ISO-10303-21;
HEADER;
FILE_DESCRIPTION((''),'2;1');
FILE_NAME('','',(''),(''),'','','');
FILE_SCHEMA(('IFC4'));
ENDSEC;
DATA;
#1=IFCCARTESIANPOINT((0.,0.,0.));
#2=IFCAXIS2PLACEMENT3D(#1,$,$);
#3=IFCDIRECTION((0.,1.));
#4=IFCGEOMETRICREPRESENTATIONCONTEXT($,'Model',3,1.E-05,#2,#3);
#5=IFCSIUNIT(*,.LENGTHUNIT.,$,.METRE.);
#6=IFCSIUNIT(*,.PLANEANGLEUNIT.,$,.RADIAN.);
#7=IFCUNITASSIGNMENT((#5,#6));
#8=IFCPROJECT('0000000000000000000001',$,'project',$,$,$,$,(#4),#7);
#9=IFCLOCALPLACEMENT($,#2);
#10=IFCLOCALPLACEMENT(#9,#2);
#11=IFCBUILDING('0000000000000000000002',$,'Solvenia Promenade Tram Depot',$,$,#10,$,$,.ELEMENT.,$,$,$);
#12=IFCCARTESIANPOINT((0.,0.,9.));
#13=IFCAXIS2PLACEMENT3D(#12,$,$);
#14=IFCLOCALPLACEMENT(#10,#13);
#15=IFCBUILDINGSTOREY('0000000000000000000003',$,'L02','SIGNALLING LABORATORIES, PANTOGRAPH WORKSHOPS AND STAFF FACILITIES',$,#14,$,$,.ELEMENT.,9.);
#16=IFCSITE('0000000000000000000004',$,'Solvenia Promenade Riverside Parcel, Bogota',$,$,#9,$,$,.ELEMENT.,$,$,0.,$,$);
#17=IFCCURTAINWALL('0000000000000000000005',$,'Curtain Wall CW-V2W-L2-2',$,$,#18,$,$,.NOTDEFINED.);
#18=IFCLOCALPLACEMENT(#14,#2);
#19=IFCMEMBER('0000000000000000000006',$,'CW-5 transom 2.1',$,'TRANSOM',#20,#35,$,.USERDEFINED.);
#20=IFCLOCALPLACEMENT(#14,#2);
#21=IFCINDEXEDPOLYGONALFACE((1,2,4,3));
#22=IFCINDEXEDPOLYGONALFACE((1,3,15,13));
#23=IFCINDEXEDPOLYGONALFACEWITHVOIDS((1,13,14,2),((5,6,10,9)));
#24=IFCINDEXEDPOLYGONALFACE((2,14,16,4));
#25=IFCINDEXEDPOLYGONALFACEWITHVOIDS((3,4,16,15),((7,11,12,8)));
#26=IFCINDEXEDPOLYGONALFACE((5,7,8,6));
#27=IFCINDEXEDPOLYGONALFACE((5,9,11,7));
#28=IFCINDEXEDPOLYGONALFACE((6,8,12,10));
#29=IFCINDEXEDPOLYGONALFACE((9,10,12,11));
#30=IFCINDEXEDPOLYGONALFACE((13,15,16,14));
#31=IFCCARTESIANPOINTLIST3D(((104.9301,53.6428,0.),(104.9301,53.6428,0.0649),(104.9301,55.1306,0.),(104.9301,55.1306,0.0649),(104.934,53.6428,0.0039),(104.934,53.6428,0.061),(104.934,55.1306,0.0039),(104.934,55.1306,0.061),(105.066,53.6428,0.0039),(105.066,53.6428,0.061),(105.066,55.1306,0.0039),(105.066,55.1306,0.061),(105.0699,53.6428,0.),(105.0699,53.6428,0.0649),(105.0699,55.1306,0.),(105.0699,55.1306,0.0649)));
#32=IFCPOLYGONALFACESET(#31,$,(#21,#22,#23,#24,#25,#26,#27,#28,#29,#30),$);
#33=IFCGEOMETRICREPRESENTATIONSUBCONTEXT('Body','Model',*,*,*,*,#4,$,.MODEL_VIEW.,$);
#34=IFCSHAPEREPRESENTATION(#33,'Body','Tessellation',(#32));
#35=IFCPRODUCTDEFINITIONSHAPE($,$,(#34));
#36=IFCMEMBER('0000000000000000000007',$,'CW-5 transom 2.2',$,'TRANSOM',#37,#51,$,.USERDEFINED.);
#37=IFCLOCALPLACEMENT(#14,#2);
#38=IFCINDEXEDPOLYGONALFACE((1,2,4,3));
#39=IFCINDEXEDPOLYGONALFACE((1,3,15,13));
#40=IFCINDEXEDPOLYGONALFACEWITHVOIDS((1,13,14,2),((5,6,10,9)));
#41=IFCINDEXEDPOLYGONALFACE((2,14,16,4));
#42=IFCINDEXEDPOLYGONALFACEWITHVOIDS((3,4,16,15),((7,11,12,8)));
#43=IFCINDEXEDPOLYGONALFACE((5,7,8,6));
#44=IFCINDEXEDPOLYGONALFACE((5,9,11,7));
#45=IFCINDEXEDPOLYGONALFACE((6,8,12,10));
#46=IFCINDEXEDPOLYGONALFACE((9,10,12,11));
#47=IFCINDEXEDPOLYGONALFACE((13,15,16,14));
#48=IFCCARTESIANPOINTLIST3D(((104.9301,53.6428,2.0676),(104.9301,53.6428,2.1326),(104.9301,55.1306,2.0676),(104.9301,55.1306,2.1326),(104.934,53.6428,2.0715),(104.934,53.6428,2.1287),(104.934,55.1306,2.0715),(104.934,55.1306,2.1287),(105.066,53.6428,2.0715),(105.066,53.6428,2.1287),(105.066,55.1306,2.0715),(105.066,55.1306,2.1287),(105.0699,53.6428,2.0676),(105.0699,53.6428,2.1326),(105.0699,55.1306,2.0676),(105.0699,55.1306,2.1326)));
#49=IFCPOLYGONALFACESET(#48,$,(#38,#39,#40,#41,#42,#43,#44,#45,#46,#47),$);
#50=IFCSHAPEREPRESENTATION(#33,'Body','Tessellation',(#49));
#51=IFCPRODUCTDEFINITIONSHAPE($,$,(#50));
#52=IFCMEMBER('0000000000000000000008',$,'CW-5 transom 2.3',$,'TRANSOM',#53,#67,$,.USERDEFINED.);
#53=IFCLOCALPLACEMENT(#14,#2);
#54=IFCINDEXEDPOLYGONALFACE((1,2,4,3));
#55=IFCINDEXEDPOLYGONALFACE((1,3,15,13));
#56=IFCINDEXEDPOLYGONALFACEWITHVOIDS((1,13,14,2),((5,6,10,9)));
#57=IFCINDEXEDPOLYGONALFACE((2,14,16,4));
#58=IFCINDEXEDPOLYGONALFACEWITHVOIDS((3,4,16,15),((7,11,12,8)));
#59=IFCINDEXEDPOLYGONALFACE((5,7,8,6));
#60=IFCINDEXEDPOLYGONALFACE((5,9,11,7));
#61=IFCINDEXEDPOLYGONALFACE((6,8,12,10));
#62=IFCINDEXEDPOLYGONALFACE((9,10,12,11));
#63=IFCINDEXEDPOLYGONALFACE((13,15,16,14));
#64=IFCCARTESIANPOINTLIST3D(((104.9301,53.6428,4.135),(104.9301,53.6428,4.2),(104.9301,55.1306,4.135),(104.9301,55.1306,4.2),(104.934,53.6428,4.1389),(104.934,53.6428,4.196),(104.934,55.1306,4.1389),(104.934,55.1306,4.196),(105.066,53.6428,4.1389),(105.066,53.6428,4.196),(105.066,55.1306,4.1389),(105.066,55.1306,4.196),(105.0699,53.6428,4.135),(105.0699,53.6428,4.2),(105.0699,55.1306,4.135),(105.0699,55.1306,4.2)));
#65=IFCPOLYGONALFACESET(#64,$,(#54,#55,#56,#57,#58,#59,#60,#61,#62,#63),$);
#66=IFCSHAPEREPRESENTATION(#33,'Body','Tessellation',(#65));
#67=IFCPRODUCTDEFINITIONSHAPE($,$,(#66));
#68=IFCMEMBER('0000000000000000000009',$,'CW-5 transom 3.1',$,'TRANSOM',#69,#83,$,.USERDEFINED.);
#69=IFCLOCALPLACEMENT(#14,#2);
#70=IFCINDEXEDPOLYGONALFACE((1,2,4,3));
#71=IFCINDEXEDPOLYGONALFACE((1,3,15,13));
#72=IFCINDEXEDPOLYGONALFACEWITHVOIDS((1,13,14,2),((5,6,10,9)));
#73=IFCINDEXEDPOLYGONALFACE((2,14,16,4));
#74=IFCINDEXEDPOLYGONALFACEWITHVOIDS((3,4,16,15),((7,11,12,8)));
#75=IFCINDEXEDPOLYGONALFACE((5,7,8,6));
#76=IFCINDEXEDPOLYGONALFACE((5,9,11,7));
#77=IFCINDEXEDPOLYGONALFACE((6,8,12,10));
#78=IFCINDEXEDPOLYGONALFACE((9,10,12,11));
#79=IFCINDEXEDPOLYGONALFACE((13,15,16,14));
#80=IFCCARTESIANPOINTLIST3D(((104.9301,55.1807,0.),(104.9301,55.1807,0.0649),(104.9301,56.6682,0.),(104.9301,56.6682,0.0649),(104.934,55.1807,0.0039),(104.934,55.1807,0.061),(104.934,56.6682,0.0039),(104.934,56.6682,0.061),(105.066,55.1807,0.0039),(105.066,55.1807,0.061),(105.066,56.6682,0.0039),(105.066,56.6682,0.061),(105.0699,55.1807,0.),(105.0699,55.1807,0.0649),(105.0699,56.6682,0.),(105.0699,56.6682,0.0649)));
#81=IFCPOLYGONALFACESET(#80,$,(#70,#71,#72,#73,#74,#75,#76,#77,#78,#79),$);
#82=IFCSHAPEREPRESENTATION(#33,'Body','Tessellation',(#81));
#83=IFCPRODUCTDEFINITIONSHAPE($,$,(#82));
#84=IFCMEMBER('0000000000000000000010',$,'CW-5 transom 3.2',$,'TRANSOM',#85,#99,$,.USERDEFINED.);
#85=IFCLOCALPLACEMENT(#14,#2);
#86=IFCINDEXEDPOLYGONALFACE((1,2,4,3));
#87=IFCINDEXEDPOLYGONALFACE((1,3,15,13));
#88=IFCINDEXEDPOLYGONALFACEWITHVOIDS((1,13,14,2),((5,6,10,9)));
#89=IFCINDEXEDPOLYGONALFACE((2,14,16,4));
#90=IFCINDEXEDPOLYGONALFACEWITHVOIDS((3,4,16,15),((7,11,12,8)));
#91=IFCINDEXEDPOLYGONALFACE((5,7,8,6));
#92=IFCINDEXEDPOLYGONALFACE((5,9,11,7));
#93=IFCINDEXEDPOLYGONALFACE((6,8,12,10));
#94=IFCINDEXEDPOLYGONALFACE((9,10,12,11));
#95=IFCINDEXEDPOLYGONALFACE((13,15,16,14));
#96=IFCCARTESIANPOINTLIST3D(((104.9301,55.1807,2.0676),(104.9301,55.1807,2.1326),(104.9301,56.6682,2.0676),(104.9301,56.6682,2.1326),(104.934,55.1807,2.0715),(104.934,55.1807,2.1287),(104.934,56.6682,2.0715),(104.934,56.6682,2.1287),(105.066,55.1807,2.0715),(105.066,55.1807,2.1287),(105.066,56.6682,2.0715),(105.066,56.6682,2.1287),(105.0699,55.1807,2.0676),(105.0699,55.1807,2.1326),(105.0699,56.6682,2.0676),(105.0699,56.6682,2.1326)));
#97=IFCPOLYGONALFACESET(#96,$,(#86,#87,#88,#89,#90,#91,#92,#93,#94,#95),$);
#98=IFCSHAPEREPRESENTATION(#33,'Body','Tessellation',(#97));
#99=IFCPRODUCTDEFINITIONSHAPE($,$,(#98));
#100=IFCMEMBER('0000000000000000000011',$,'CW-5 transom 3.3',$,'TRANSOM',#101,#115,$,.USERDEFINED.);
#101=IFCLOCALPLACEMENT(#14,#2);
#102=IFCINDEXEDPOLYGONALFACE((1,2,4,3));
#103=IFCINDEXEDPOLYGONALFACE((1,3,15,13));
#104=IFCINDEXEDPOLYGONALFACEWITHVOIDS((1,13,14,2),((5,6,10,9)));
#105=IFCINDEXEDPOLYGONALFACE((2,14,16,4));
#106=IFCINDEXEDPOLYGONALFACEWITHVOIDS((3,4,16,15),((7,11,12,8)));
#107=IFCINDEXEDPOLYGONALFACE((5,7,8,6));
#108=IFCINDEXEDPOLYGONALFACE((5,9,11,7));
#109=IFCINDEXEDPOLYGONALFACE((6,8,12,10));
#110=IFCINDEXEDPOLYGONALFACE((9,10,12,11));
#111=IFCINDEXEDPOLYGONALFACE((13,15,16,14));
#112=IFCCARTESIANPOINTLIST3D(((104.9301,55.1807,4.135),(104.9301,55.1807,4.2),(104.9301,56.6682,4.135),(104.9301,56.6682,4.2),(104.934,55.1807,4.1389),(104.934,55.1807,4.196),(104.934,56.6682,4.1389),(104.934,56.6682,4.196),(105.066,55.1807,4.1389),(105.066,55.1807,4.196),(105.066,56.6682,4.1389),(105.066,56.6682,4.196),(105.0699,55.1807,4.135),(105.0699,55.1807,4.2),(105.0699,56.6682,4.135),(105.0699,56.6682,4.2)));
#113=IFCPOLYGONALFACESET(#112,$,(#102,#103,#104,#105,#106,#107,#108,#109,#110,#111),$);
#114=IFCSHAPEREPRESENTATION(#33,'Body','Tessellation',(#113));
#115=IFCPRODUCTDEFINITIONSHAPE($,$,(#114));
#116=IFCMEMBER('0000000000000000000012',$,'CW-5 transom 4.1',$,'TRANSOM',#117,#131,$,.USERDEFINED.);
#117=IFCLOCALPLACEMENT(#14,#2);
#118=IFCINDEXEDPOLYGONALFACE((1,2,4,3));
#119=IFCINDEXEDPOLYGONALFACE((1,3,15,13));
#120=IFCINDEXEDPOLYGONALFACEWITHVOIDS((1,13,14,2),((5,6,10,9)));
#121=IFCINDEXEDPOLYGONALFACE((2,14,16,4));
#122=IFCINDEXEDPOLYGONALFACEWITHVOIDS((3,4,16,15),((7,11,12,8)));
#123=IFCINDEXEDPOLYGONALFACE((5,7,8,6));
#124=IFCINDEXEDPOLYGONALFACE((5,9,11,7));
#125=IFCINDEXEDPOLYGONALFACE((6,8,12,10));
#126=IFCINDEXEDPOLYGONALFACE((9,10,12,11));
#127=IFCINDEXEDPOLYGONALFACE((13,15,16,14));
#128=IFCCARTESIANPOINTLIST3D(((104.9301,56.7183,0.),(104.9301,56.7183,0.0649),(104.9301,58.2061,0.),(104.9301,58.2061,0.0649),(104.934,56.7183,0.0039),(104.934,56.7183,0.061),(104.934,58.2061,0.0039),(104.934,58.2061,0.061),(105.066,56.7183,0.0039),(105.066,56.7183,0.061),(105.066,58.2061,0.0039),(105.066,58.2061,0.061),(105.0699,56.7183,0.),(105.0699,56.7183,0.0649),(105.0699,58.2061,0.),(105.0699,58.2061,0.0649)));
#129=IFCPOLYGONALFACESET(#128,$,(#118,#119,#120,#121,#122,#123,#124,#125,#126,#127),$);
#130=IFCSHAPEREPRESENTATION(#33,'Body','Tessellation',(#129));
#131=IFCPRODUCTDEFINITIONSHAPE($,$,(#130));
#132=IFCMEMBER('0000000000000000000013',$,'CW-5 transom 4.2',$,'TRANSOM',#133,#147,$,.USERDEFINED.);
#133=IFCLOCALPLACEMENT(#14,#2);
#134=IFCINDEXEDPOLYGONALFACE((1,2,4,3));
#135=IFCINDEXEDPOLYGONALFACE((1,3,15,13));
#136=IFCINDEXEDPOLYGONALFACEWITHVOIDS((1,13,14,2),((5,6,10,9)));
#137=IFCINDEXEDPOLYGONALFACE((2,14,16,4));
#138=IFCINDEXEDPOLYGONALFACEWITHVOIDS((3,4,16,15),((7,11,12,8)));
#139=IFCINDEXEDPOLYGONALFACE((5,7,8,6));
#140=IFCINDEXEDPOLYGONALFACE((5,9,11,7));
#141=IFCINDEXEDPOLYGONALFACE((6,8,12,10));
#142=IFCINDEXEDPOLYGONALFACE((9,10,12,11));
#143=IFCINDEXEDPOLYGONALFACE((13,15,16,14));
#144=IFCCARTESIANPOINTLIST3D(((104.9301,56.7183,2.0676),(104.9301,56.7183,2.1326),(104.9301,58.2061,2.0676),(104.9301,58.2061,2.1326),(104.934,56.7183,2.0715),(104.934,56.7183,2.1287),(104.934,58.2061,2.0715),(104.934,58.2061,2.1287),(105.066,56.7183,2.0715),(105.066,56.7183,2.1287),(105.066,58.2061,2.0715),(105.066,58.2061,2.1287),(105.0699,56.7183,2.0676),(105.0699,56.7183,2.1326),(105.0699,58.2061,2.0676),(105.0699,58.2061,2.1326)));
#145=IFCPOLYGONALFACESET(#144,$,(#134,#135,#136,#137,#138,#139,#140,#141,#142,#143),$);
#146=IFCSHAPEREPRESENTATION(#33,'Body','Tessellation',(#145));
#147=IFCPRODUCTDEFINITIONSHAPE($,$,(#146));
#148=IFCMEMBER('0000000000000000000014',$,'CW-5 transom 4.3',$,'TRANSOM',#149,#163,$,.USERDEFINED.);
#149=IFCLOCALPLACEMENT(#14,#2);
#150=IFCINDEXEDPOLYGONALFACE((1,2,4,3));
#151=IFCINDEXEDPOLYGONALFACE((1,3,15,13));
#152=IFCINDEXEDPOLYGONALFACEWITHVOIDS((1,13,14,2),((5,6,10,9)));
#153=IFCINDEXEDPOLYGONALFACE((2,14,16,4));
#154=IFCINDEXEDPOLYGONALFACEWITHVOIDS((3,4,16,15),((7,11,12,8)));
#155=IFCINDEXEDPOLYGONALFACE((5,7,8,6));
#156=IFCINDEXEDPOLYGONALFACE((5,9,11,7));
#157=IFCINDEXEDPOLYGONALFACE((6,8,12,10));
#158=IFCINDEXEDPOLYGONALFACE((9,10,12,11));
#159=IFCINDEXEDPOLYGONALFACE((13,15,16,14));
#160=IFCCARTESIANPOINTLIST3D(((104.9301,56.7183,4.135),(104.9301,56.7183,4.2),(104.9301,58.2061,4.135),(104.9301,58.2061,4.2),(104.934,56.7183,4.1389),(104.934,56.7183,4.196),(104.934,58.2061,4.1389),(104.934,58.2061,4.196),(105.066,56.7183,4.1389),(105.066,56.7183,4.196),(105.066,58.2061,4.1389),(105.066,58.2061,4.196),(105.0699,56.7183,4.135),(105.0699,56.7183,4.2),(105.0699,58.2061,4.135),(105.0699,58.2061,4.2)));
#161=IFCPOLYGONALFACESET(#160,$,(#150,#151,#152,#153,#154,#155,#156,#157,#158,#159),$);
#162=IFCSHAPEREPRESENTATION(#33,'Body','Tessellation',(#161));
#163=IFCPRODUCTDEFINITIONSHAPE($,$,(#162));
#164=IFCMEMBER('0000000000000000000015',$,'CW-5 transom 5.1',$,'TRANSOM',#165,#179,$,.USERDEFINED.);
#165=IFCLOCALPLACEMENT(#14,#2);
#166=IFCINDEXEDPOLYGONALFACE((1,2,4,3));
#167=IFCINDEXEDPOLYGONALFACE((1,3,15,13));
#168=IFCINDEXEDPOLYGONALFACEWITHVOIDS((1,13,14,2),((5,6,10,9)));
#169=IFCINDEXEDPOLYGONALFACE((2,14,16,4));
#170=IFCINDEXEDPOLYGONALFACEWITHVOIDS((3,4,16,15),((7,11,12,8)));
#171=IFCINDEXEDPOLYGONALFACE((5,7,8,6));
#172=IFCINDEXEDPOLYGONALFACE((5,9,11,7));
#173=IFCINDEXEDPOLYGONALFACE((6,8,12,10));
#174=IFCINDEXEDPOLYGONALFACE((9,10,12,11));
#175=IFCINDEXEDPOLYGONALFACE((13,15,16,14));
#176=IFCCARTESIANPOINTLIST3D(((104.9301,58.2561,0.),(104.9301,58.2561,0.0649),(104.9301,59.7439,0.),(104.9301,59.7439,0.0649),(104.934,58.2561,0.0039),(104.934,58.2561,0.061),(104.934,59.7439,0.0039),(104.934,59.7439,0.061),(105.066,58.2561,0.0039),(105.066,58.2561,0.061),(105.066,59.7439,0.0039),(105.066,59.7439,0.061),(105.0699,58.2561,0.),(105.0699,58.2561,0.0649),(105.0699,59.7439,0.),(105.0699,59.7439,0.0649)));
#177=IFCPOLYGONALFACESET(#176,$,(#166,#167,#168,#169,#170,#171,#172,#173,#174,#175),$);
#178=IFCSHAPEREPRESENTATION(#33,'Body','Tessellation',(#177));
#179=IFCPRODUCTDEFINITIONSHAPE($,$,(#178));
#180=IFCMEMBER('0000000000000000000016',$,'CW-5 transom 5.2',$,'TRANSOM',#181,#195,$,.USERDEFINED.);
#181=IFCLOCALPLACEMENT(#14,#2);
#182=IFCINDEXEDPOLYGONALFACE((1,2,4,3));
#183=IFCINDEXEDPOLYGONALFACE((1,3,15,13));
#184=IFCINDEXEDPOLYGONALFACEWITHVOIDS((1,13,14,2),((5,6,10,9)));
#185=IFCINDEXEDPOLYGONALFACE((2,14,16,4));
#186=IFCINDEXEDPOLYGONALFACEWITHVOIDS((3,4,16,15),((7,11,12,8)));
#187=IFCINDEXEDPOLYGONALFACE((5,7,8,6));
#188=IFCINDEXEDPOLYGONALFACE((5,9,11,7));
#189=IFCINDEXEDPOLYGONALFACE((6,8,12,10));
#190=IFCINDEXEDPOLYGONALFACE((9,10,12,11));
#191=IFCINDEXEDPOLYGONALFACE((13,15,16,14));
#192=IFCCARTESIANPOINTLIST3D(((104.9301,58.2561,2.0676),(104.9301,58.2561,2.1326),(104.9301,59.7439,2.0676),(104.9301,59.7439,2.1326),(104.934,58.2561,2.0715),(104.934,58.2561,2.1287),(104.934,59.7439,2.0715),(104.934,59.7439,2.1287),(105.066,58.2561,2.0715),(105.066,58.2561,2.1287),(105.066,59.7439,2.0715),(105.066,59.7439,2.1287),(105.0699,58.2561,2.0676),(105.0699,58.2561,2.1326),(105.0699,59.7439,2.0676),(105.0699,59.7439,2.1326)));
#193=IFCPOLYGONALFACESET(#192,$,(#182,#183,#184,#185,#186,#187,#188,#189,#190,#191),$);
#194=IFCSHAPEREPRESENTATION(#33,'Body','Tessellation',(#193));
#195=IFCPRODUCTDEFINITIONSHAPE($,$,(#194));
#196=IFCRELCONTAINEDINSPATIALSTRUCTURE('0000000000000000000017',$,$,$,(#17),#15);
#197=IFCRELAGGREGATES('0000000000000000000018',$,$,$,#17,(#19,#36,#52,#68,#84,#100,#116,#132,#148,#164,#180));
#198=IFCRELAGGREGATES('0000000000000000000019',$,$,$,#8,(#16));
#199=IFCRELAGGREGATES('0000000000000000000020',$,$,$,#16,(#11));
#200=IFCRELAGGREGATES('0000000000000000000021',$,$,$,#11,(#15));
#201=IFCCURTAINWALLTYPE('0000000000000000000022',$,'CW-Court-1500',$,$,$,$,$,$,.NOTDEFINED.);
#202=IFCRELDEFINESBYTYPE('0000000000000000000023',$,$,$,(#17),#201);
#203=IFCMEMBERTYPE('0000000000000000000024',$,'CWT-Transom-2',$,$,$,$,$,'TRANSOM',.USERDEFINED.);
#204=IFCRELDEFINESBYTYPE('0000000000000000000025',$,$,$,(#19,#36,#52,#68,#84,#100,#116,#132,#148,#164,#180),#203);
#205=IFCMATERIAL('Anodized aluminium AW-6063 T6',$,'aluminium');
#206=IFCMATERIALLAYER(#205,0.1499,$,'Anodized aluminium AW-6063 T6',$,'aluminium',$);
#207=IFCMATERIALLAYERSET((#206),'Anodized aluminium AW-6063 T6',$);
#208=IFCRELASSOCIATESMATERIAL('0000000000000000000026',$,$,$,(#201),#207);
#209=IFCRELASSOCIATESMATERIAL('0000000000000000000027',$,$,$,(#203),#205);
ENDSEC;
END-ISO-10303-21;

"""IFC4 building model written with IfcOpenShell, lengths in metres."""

from ifc_helpers import new_model, si_unit, direction, frame, origin, origin_2d, place, context, subcontext, project, spatial, hollow_rectangle, extrude, material, layer, layer_set, material_profile, profile_set, type_object, element, aggregate, save


model = new_model("IFC4")

# Units and contexts
model_context = context("Model", 3, precision=1e-05, world=origin(), true_north=direction((0.0, 1.0)))
body_context = subcontext(model_context, "Body", "Model", "MODEL_VIEW")
ifc_project = project(units=[si_unit("LENGTHUNIT", "METRE"), si_unit("PLANEANGLEUNIT", "RADIAN")], contexts=[model_context])

# Site, building, storey
site_placement = place(None, origin())
site = spatial("IfcSite", under=ifc_project, at=site_placement, Name="Solvenia Promenade Riverside Parcel, Bogota", CompositionType="ELEMENT", RefElevation=0.0)
building_placement = place(site_placement, origin())
building = spatial("IfcBuilding", under=site, at=building_placement, Name="Solvenia Promenade Tram Depot", CompositionType="ELEMENT")
storey_placement = place(building_placement, frame((0.0, 0.0, 9.0)))
storey = spatial("IfcBuildingStorey", under=building, at=storey_placement, Name="L02", Description="SIGNALLING LABORATORIES, PANTOGRAPH WORKSHOPS AND STAFF FACILITIES", CompositionType="ELEMENT", Elevation=9.0)

# Curtain wall, members
ifc_material_1 = material(Name="Anodized aluminium AW-6063 T6", Category="aluminium")
ifc_layer_1 = layer(ifc_material_1, 0.1499, Name="Anodized aluminium AW-6063 T6", Category="aluminium")
ifc_layer_set_1 = layer_set([ifc_layer_1], Name="Anodized aluminium AW-6063 T6")
curtain_wall_type = type_object("IfcCurtainWallType", Name="CW-Court-1500", PredefinedType="NOTDEFINED", material=ifc_layer_set_1)
curtain_wall_placement = place(storey_placement, origin())
curtain_wall = element("IfcCurtainWall", 1, at=curtain_wall_placement, inside=storey, type_object=curtain_wall_type, Name="Curtain Wall CW-V2W-L2-2", PredefinedType="NOTDEFINED")
ifc_material_profile_1 = material_profile(ifc_material_1, hollow_rectangle(XDim=0.1399, YDim=0.0649, WallThickness=0.0039, at=origin_2d()), Name="ALU-T2", Category="aluminium")
ifc_profile_set_1 = profile_set([ifc_material_profile_1], Name="Anodized aluminium AW-6063 T6")
member_type_1 = type_object("IfcMemberType", Name="CWT-Transom-2", ElementType="TRANSOM", PredefinedType="USERDEFINED", material=ifc_profile_set_1)
member_1_placement = place(storey_placement, frame((105.0, 53.6428, 0.0325), z_axis=(0.0, 1.0, 0.0), x_axis=(-1.0, 0.0, 0.0)))
member_1 = element("IfcMember", 2, at=member_1_placement, type_object=member_type_1, Name="CW-5 transom 2.1", ObjectType="TRANSOM", PredefinedType="USERDEFINED", context=body_context, shape_type="SweptSolid", body=[
    extrude(hollow_rectangle(XDim=0.1399, YDim=0.0649, WallThickness=0.0039, at=origin_2d()), origin(), (0.0, 0.0, 1.0), 1.4878),
])
member_2_placement = place(storey_placement, frame((105.0, 53.6428, 2.1001), z_axis=(0.0, 1.0, 0.0), x_axis=(-1.0, 0.0, 0.0)))
member_2 = element("IfcMember", 3, at=member_2_placement, type_object=member_type_1, Name="CW-5 transom 2.2", ObjectType="TRANSOM", PredefinedType="USERDEFINED", context=body_context, shape_type="SweptSolid", body=[
    extrude(hollow_rectangle(XDim=0.1399, YDim=0.0649, WallThickness=0.0039, at=origin_2d()), origin(), (0.0, 0.0, 1.0), 1.4878),
])
member_3_placement = place(storey_placement, frame((105.0, 53.6428, 4.1675), z_axis=(0.0, 1.0, 0.0), x_axis=(-1.0, 0.0, 0.0)))
member_3 = element("IfcMember", 4, at=member_3_placement, type_object=member_type_1, Name="CW-5 transom 2.3", ObjectType="TRANSOM", PredefinedType="USERDEFINED", context=body_context, shape_type="SweptSolid", body=[
    extrude(hollow_rectangle(XDim=0.1399, YDim=0.0649, WallThickness=0.0039, at=origin_2d()), origin(), (0.0, 0.0, 1.0), 1.4878),
])
member_4_placement = place(storey_placement, frame((105.0, 55.1807, 0.0325), z_axis=(0.0, 1.0, 0.0), x_axis=(-1.0, 0.0, 0.0)))
member_4 = element("IfcMember", 5, at=member_4_placement, type_object=member_type_1, Name="CW-5 transom 3.1", ObjectType="TRANSOM", PredefinedType="USERDEFINED", context=body_context, shape_type="SweptSolid", body=[
    extrude(hollow_rectangle(XDim=0.1399, YDim=0.0649, WallThickness=0.0039, at=origin_2d()), origin(), (0.0, 0.0, 1.0), 1.4875),
])
member_5_placement = place(storey_placement, frame((105.0, 55.1807, 2.1001), z_axis=(0.0, 1.0, 0.0), x_axis=(-1.0, 0.0, 0.0)))
member_5 = element("IfcMember", 6, at=member_5_placement, type_object=member_type_1, Name="CW-5 transom 3.2", ObjectType="TRANSOM", PredefinedType="USERDEFINED", context=body_context, shape_type="SweptSolid", body=[
    extrude(hollow_rectangle(XDim=0.1399, YDim=0.0649, WallThickness=0.0039, at=origin_2d()), origin(), (0.0, 0.0, 1.0), 1.4875),
])
member_6_placement = place(storey_placement, frame((105.0, 55.1807, 4.1675), z_axis=(0.0, 1.0, 0.0), x_axis=(-1.0, 0.0, 0.0)))
member_6 = element("IfcMember", 7, at=member_6_placement, type_object=member_type_1, Name="CW-5 transom 3.3", ObjectType="TRANSOM", PredefinedType="USERDEFINED", context=body_context, shape_type="SweptSolid", body=[
    extrude(hollow_rectangle(XDim=0.1399, YDim=0.0649, WallThickness=0.0039, at=origin_2d()), origin(), (0.0, 0.0, 1.0), 1.4875),
])
member_7_placement = place(storey_placement, frame((105.0, 56.7183, 0.0325), z_axis=(0.0, 1.0, 0.0), x_axis=(-1.0, 0.0, 0.0)))
member_7 = element("IfcMember", 8, at=member_7_placement, type_object=member_type_1, Name="CW-5 transom 4.1", ObjectType="TRANSOM", PredefinedType="USERDEFINED", context=body_context, shape_type="SweptSolid", body=[
    extrude(hollow_rectangle(XDim=0.1399, YDim=0.0649, WallThickness=0.0039, at=origin_2d()), origin(), (0.0, 0.0, 1.0), 1.4878),
])
member_8_placement = place(storey_placement, frame((105.0, 56.7183, 2.1001), z_axis=(0.0, 1.0, 0.0), x_axis=(-1.0, 0.0, 0.0)))
member_8 = element("IfcMember", 9, at=member_8_placement, type_object=member_type_1, Name="CW-5 transom 4.2", ObjectType="TRANSOM", PredefinedType="USERDEFINED", context=body_context, shape_type="SweptSolid", body=[
    extrude(hollow_rectangle(XDim=0.1399, YDim=0.0649, WallThickness=0.0039, at=origin_2d()), origin(), (0.0, 0.0, 1.0), 1.4878),
])
member_9_placement = place(storey_placement, frame((105.0, 56.7183, 4.1675), z_axis=(0.0, 1.0, 0.0), x_axis=(-1.0, 0.0, 0.0)))
member_9 = element("IfcMember", 10, at=member_9_placement, type_object=member_type_1, Name="CW-5 transom 4.3", ObjectType="TRANSOM", PredefinedType="USERDEFINED", context=body_context, shape_type="SweptSolid", body=[
    extrude(hollow_rectangle(XDim=0.1399, YDim=0.0649, WallThickness=0.0039, at=origin_2d()), origin(), (0.0, 0.0, 1.0), 1.4878),
])
member_10_placement = place(storey_placement, frame((105.0, 58.2561, 0.0325), z_axis=(0.0, 1.0, 0.0), x_axis=(-1.0, 0.0, 0.0)))
member_10 = element("IfcMember", 11, at=member_10_placement, type_object=member_type_1, Name="CW-5 transom 5.1", ObjectType="TRANSOM", PredefinedType="USERDEFINED", context=body_context, shape_type="SweptSolid", body=[
    extrude(hollow_rectangle(XDim=0.1399, YDim=0.0649, WallThickness=0.0039, at=origin_2d()), origin(), (0.0, 0.0, 1.0), 1.4878),
])
member_11_placement = place(storey_placement, frame((105.0, 58.2561, 2.1001), z_axis=(0.0, 1.0, 0.0), x_axis=(-1.0, 0.0, 0.0)))
member_11 = element("IfcMember", 12, at=member_11_placement, type_object=member_type_1, Name="CW-5 transom 5.2", ObjectType="TRANSOM", PredefinedType="USERDEFINED", context=body_context, shape_type="SweptSolid", body=[
    extrude(hollow_rectangle(XDim=0.1399, YDim=0.0649, WallThickness=0.0039, at=origin_2d()), origin(), (0.0, 0.0, 1.0), 1.4878),
])

aggregate(curtain_wall, [member_1, member_2, member_3, member_4, member_5, member_6, member_7, member_8, member_9, member_10, member_11])

save(model, "model.ifc")
